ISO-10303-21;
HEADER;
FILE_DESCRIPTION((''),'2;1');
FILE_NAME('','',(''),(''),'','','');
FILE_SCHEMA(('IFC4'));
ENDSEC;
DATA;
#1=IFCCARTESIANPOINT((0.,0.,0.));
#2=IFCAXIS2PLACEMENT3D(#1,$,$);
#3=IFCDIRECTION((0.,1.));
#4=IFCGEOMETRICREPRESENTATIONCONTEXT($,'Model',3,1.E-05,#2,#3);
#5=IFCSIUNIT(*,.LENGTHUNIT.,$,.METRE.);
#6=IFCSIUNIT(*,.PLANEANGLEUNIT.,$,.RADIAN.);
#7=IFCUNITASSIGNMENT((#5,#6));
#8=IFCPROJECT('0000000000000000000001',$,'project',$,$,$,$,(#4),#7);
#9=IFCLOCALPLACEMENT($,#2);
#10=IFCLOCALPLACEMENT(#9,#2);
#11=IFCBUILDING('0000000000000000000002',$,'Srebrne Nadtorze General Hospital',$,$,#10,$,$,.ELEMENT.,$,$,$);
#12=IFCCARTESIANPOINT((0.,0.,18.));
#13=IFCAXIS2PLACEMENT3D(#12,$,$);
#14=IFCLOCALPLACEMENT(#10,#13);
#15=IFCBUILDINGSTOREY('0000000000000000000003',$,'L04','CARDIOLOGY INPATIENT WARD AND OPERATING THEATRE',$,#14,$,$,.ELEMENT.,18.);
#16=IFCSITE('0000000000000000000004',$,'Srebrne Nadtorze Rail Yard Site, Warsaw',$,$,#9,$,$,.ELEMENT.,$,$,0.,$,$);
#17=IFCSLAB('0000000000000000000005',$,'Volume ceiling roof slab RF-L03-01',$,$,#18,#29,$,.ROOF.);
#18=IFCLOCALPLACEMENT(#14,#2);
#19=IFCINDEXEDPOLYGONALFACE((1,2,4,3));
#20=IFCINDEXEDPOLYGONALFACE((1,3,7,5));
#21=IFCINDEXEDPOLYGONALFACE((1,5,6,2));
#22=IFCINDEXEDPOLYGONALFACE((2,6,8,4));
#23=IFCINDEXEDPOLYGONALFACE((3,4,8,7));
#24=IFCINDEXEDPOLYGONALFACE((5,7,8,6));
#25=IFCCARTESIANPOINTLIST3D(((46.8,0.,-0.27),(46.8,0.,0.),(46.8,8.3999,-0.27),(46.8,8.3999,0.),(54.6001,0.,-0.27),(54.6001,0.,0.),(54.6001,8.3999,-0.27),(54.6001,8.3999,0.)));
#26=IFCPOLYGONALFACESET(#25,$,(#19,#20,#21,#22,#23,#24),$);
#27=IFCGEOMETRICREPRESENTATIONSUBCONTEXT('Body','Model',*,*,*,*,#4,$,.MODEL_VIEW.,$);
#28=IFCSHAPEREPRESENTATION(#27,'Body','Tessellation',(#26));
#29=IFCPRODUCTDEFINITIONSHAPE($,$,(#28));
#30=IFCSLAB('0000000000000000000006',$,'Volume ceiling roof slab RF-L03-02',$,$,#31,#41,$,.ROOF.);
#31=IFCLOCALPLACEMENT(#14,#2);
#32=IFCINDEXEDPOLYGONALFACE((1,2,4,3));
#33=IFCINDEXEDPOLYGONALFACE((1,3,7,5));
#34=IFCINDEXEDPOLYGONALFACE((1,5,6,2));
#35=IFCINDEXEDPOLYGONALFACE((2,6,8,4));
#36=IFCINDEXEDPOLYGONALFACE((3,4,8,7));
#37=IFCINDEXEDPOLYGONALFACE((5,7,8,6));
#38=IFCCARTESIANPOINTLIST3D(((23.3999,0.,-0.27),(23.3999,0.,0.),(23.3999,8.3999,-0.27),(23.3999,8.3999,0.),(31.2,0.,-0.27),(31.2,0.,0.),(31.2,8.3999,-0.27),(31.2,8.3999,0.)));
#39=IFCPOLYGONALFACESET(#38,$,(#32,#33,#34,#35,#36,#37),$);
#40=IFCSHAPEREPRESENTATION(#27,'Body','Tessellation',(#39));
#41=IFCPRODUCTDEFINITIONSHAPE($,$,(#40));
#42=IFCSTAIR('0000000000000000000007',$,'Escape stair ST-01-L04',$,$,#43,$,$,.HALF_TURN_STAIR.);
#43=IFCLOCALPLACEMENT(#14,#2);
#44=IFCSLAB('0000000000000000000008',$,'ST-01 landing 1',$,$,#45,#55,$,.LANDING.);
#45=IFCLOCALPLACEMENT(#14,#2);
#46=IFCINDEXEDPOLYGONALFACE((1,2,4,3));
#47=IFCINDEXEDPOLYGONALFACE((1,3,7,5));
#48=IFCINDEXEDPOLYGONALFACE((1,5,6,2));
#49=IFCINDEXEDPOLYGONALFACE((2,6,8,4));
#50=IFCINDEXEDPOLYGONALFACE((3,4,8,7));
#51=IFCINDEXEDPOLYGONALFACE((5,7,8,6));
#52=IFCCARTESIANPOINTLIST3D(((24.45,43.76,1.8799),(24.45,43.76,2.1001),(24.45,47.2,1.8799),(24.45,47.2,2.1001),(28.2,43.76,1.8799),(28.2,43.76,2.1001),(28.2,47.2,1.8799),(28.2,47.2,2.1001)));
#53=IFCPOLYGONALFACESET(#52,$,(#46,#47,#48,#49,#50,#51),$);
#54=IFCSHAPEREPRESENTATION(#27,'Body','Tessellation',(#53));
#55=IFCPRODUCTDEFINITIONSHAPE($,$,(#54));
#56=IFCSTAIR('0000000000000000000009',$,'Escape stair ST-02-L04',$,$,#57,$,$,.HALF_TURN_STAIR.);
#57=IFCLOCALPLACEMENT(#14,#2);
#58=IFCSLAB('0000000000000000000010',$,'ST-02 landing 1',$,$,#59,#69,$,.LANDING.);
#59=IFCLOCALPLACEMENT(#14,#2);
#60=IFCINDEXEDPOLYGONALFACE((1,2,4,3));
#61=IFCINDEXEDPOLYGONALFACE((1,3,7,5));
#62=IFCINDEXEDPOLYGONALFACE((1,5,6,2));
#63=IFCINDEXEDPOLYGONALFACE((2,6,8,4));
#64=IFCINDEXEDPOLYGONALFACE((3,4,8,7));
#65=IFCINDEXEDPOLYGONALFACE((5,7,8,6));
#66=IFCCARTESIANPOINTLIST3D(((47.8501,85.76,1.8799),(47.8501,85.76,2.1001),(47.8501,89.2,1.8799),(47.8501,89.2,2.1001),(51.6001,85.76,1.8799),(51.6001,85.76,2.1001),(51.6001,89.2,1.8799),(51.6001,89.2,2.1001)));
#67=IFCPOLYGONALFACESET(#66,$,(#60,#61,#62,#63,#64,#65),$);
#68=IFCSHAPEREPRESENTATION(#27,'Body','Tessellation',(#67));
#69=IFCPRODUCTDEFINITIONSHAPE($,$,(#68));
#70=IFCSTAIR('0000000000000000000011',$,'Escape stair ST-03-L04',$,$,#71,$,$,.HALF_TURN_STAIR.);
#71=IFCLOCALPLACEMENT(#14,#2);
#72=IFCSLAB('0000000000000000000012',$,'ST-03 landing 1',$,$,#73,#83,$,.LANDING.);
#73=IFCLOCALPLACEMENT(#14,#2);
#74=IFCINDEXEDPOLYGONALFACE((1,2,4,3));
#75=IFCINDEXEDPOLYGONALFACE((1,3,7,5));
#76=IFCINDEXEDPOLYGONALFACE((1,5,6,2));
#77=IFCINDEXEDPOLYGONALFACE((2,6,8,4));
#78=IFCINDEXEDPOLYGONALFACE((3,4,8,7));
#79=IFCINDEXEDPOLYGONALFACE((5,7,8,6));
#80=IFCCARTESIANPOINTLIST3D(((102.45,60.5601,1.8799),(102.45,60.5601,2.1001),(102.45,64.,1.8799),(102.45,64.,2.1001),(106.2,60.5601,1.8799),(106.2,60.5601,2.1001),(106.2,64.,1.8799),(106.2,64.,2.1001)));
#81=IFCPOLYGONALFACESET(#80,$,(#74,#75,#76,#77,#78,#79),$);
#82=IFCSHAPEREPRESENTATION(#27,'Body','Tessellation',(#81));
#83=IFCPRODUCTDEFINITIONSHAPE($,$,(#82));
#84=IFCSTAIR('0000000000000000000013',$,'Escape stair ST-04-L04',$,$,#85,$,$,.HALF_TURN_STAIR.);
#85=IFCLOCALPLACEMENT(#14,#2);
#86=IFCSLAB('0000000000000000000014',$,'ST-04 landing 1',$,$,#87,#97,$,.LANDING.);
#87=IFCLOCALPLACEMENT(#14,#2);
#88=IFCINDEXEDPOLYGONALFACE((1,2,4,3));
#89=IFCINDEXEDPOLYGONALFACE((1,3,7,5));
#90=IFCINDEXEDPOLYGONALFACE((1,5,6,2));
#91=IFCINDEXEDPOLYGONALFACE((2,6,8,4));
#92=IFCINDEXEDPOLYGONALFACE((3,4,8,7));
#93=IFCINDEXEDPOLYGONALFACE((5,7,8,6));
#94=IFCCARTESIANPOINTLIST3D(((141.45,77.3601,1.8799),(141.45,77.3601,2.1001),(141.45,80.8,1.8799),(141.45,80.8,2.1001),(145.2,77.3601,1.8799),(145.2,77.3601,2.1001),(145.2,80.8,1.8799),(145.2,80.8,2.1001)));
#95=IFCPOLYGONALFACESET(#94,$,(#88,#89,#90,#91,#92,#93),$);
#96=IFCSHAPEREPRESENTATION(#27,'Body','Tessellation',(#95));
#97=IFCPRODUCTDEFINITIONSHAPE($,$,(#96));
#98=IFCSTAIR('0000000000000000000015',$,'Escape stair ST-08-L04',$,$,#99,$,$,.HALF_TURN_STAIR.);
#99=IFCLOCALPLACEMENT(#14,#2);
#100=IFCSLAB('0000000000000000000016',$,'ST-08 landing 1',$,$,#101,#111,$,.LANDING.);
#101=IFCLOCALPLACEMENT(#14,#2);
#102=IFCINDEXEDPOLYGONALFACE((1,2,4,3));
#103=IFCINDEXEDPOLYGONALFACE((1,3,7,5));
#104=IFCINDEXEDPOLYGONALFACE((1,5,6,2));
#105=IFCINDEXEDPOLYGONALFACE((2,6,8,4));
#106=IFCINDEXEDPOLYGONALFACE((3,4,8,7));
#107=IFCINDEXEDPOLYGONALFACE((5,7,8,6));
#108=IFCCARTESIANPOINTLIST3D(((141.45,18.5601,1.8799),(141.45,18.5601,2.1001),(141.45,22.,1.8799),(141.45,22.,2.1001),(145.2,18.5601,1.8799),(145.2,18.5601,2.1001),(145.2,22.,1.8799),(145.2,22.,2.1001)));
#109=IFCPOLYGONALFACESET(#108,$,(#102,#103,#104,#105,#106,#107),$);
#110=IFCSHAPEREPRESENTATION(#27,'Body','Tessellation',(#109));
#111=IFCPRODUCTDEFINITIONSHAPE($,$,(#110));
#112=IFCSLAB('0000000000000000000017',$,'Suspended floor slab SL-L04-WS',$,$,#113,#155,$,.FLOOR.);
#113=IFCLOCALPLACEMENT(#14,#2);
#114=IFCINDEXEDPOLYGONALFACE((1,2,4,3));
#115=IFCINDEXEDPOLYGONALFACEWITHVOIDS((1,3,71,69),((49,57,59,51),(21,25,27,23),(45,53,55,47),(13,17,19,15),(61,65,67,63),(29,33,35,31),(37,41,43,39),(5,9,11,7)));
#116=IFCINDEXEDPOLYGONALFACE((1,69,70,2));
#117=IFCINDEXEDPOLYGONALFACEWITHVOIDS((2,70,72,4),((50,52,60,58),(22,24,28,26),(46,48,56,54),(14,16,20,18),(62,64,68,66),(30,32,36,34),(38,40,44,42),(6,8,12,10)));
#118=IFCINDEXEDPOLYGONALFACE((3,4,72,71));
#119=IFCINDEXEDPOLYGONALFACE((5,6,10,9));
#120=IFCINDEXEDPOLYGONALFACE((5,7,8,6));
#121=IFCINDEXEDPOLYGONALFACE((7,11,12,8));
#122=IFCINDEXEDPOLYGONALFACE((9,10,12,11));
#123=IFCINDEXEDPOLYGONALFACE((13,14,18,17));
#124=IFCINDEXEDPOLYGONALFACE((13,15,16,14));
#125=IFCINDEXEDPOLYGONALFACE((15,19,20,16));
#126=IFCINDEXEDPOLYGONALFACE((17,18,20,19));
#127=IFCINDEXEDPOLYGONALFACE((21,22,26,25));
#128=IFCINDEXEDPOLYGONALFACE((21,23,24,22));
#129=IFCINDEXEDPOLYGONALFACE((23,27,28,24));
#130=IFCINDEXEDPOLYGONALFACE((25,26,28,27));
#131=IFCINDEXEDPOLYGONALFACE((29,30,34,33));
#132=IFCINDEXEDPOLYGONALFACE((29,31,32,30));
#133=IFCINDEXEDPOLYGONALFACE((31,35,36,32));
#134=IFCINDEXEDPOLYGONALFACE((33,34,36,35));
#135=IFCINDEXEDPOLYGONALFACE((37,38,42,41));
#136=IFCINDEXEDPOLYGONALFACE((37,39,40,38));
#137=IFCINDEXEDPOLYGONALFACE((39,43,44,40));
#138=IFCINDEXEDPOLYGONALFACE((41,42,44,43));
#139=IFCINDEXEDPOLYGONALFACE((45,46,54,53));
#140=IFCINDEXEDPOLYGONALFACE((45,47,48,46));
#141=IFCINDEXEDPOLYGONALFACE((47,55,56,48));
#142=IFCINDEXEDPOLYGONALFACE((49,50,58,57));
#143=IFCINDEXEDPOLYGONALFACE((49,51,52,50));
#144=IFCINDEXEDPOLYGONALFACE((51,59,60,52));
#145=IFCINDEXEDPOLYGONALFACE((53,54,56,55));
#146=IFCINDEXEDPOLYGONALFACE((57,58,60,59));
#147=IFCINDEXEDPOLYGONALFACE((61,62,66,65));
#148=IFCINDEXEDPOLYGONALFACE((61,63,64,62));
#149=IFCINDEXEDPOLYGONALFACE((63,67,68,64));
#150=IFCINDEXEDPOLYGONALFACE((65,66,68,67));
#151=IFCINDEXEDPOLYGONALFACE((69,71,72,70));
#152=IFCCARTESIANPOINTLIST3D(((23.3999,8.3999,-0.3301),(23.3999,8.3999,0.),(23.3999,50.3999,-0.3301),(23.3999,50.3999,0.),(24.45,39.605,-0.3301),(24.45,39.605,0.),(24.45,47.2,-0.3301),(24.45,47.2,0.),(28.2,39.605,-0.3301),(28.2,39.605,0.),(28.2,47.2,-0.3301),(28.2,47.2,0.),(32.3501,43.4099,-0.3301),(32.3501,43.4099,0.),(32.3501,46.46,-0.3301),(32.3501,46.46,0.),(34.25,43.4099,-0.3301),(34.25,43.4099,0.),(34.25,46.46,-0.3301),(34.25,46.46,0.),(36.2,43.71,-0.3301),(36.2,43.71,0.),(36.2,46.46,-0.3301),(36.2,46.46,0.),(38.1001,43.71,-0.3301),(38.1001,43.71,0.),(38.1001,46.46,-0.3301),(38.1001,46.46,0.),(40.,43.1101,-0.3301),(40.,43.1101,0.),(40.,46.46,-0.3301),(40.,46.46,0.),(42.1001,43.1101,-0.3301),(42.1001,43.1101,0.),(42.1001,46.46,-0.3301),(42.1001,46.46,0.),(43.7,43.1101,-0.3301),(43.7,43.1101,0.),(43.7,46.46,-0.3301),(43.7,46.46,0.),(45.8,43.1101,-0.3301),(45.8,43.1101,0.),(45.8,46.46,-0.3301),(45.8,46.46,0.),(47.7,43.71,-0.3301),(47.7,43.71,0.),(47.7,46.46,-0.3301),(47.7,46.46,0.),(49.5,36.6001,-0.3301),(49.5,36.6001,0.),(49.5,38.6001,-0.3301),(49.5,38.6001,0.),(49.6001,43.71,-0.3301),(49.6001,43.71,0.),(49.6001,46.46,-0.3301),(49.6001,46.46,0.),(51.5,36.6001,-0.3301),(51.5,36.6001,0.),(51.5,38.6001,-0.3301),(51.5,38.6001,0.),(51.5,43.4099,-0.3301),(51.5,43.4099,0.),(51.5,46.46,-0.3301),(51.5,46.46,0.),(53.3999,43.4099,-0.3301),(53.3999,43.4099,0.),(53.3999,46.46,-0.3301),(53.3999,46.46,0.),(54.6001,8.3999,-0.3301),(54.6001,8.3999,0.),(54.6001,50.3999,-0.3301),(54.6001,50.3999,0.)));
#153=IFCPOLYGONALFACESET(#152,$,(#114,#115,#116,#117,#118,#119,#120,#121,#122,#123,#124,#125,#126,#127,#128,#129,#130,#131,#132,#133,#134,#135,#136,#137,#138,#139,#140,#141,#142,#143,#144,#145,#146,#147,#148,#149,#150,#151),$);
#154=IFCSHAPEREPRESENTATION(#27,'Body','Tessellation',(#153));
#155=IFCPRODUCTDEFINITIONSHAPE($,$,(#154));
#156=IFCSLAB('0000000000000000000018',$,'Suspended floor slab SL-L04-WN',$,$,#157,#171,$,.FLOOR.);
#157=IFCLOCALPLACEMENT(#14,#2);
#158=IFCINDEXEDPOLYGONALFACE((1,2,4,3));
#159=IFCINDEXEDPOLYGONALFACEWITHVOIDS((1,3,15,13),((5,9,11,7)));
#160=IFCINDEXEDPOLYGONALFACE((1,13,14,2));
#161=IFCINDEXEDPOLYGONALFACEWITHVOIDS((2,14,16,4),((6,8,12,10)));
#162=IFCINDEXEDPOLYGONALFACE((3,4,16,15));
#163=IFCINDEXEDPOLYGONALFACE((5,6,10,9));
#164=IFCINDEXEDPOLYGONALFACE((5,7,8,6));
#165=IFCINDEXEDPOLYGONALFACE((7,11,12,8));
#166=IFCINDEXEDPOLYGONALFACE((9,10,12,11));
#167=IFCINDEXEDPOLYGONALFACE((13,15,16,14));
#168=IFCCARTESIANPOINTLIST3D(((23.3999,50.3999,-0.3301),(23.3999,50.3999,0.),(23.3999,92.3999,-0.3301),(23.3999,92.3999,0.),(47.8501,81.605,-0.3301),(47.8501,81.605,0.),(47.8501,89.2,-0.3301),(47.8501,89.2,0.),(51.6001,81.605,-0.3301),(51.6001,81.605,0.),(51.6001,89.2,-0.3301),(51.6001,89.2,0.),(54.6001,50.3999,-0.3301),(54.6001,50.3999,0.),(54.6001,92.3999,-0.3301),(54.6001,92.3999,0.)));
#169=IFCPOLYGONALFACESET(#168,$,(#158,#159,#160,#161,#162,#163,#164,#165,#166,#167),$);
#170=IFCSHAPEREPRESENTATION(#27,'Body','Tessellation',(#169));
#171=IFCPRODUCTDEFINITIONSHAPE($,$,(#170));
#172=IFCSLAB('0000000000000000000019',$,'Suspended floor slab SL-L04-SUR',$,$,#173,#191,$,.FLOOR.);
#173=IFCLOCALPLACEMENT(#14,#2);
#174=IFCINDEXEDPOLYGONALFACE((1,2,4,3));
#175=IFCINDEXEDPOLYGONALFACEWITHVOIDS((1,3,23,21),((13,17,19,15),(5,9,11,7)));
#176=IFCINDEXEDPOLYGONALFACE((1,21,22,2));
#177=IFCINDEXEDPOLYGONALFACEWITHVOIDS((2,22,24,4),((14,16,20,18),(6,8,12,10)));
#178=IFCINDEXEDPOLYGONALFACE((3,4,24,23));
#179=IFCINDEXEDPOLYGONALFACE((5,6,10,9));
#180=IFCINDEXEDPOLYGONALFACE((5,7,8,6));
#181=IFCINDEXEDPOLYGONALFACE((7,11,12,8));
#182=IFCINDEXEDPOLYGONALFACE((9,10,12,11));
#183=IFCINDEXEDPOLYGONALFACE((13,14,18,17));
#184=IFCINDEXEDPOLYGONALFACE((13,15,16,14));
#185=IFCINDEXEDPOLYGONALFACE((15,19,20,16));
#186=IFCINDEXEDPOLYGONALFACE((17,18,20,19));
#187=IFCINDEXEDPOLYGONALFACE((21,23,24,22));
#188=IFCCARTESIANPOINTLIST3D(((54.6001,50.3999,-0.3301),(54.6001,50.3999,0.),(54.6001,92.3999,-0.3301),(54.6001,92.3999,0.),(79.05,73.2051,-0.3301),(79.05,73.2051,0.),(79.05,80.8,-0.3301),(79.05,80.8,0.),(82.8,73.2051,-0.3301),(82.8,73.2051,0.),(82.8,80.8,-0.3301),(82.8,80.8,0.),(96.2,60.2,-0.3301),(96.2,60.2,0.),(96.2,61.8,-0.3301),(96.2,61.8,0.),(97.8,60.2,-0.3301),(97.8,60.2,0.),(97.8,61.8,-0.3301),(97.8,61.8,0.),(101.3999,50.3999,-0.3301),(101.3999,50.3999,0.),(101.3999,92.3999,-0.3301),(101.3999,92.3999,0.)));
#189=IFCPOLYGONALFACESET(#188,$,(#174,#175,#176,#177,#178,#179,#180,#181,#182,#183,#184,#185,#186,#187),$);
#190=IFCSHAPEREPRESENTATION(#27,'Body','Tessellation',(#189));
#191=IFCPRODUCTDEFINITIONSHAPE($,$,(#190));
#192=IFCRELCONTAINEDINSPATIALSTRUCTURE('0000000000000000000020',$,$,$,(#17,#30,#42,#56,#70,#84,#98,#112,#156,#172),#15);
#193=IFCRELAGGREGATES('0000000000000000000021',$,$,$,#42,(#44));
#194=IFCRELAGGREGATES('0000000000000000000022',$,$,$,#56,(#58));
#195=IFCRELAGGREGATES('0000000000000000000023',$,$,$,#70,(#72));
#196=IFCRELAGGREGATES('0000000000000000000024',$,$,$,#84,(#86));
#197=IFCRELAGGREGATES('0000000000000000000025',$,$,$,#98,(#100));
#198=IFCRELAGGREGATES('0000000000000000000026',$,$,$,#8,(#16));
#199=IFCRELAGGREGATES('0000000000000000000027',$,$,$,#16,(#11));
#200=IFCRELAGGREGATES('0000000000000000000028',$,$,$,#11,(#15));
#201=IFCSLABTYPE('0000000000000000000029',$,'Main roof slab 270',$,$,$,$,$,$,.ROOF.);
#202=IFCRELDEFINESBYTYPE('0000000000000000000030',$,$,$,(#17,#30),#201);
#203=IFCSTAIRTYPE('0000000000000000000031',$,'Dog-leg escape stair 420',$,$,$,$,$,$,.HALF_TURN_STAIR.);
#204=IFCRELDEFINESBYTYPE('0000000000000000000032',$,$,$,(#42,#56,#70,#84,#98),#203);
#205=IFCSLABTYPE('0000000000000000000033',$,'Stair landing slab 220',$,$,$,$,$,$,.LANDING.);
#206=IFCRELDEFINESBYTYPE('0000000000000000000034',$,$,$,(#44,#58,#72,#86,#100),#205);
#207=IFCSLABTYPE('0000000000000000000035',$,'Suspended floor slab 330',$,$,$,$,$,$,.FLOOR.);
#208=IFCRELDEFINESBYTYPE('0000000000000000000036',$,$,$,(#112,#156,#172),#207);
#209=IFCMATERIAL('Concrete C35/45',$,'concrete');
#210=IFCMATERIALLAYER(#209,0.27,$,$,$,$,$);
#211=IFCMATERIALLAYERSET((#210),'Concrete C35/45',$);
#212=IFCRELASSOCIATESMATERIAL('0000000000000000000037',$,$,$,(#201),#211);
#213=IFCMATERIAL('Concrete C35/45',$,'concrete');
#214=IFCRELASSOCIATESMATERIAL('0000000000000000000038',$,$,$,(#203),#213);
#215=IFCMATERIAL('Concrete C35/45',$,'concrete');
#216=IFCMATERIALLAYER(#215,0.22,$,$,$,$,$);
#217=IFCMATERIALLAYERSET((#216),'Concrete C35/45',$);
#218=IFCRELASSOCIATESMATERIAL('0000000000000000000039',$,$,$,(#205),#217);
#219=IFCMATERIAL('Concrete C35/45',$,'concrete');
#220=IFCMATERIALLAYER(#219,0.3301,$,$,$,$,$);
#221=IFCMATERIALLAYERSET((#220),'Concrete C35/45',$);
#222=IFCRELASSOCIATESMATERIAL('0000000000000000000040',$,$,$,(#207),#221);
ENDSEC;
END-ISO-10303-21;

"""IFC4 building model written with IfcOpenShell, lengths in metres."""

from ifc_helpers import new_model, si_unit, direction, frame, origin, place, context, subcontext, project, spatial, polyline, outline, extrude, material, layer, layer_set, type_object, element, aggregate, save


model = new_model("IFC4")

# Units and contexts
model_context = context("Model", 3, precision=1e-05, world=origin(), true_north=direction((0.0, 1.0)))
body_context = subcontext(model_context, "Body", "Model", "MODEL_VIEW")
ifc_project = project(units=[si_unit("LENGTHUNIT", "METRE"), si_unit("PLANEANGLEUNIT", "RADIAN")], contexts=[model_context])

# Site, building, storey
site_placement = place(None, origin())
site = spatial("IfcSite", under=ifc_project, at=site_placement, Name="Srebrne Nadtorze Rail Yard Site, Warsaw", CompositionType="ELEMENT", RefElevation=0.0)
building_placement = place(site_placement, origin())
building = spatial("IfcBuilding", under=site, at=building_placement, Name="Srebrne Nadtorze General Hospital", CompositionType="ELEMENT")
storey_placement = place(building_placement, frame((0.0, 0.0, 18.0)))
storey = spatial("IfcBuildingStorey", under=building, at=storey_placement, Name="L04", Description="CARDIOLOGY INPATIENT WARD AND OPERATING THEATRE", CompositionType="ELEMENT", Elevation=18.0)

# Slabs
ifc_material_1 = material(Name="Concrete C35/45", Category="concrete")
ifc_layer_1 = layer(ifc_material_1, 0.27)
ifc_layer_set_1 = layer_set([ifc_layer_1], Name="Concrete C35/45")
slab_type_1 = type_object("IfcSlabType", Name="Main roof slab 270", PredefinedType="ROOF", material=ifc_layer_set_1)
slab_1_placement = place(storey_placement, frame((0.0, 0.0, -0.27)))
element("IfcSlab", 1, at=slab_1_placement, inside=storey, type_object=slab_type_1, Name="Volume ceiling roof slab RF-L03-01", PredefinedType="ROOF", context=body_context, shape_type="SweptSolid", body=[
    extrude(outline(polyline([(54.6001, 0.0), (54.6001, 8.3999), (46.8, 8.3999), (46.8, 0.0), (54.6001, 0.0)])), origin(), (0.0, 0.0, 1.0), 0.27),
])
slab_2_placement = place(storey_placement, frame((0.0, 0.0, -0.27)))
element("IfcSlab", 2, at=slab_2_placement, inside=storey, type_object=slab_type_1, Name="Volume ceiling roof slab RF-L03-02", PredefinedType="ROOF", context=body_context, shape_type="SweptSolid", body=[
    extrude(outline(polyline([(31.2, 0.0), (31.2, 8.3999), (23.3999, 8.3999), (23.3999, 0.0), (31.2, 0.0)])), origin(), (0.0, 0.0, 1.0), 0.27),
])

# Stairs, slabs
ifc_material_2 = material(Name="Concrete C35/45", Category="concrete")
stair_type = type_object("IfcStairType", Name="Dog-leg escape stair 420", PredefinedType="HALF_TURN_STAIR", material=ifc_material_2)
stair_1_placement = place(storey_placement, origin())
stair_1 = element("IfcStair", 3, at=stair_1_placement, inside=storey, type_object=stair_type, Name="Escape stair ST-01-L04", PredefinedType="HALF_TURN_STAIR")
ifc_material_3 = material(Name="Concrete C35/45", Category="concrete")
ifc_layer_2 = layer(ifc_material_3, 0.22)
ifc_layer_set_2 = layer_set([ifc_layer_2], Name="Concrete C35/45")
slab_type_2 = type_object("IfcSlabType", Name="Stair landing slab 220", PredefinedType="LANDING", material=ifc_layer_set_2)
slab_3_placement = place(storey_placement, frame((0.0, 0.0, 1.8799)))
slab_3 = element("IfcSlab", 4, at=slab_3_placement, type_object=slab_type_2, Name="ST-01 landing 1", PredefinedType="LANDING", context=body_context, shape_type="SweptSolid", body=[
    extrude(outline(polyline([(24.45, 43.76), (28.2, 43.76), (28.2, 47.2), (24.45, 47.2), (24.45, 43.76)])), origin(), (0.0, 0.0, 1.0), 0.2202),
])
aggregate(stair_1, [slab_3])
stair_2_placement = place(storey_placement, origin())
stair_2 = element("IfcStair", 5, at=stair_2_placement, inside=storey, type_object=stair_type, Name="Escape stair ST-02-L04", PredefinedType="HALF_TURN_STAIR")
slab_4_placement = place(storey_placement, frame((0.0, 0.0, 1.8799)))
slab_4 = element("IfcSlab", 6, at=slab_4_placement, type_object=slab_type_2, Name="ST-02 landing 1", PredefinedType="LANDING", context=body_context, shape_type="SweptSolid", body=[
    extrude(outline(polyline([(47.8501, 85.76), (51.6001, 85.76), (51.6001, 89.2), (47.8501, 89.2), (47.8501, 85.76)])), origin(), (0.0, 0.0, 1.0), 0.2202),
])
aggregate(stair_2, [slab_4])
stair_3_placement = place(storey_placement, origin())
stair_3 = element("IfcStair", 7, at=stair_3_placement, inside=storey, type_object=stair_type, Name="Escape stair ST-03-L04", PredefinedType="HALF_TURN_STAIR")
slab_5_placement = place(storey_placement, frame((0.0, 0.0, 1.8799)))
slab_5 = element("IfcSlab", 8, at=slab_5_placement, type_object=slab_type_2, Name="ST-03 landing 1", PredefinedType="LANDING", context=body_context, shape_type="SweptSolid", body=[
    extrude(outline(polyline([(102.45, 60.5601), (106.2, 60.5601), (106.2, 64.0), (102.45, 64.0), (102.45, 60.5601)])), origin(), (0.0, 0.0, 1.0), 0.2202),
])
aggregate(stair_3, [slab_5])
stair_4_placement = place(storey_placement, origin())
stair_4 = element("IfcStair", 9, at=stair_4_placement, inside=storey, type_object=stair_type, Name="Escape stair ST-04-L04", PredefinedType="HALF_TURN_STAIR")
slab_6_placement = place(storey_placement, frame((0.0, 0.0, 1.8799)))
slab_6 = element("IfcSlab", 10, at=slab_6_placement, type_object=slab_type_2, Name="ST-04 landing 1", PredefinedType="LANDING", context=body_context, shape_type="SweptSolid", body=[
    extrude(outline(polyline([(141.45, 77.3601), (145.2, 77.3601), (145.2, 80.8), (141.45, 80.8), (141.45, 77.3601)])), origin(), (0.0, 0.0, 1.0), 0.2202),
])
aggregate(stair_4, [slab_6])
stair_5_placement = place(storey_placement, origin())
stair_5 = element("IfcStair", 11, at=stair_5_placement, inside=storey, type_object=stair_type, Name="Escape stair ST-08-L04", PredefinedType="HALF_TURN_STAIR")
slab_7_placement = place(storey_placement, frame((0.0, 0.0, 1.8799)))
slab_7 = element("IfcSlab", 12, at=slab_7_placement, type_object=slab_type_2, Name="ST-08 landing 1", PredefinedType="LANDING", context=body_context, shape_type="SweptSolid", body=[
    extrude(outline(polyline([(141.45, 18.5601), (145.2, 18.5601), (145.2, 22.0), (141.45, 22.0), (141.45, 18.5601)])), origin(), (0.0, 0.0, 1.0), 0.2202),
])
aggregate(stair_5, [slab_7])

# Slabs
ifc_material_4 = material(Name="Concrete C35/45", Category="concrete")
ifc_layer_3 = layer(ifc_material_4, 0.3301)
ifc_layer_set_3 = layer_set([ifc_layer_3], Name="Concrete C35/45")
slab_type_3 = type_object("IfcSlabType", Name="Suspended floor slab 330", PredefinedType="FLOOR", material=ifc_layer_set_3)
slab_8_placement = place(storey_placement, frame((0.0, 0.0, -0.3301)))
element("IfcSlab", 13, at=slab_8_placement, inside=storey, type_object=slab_type_3, Name="Suspended floor slab SL-L04-WS", PredefinedType="FLOOR", context=body_context, shape_type="SweptSolid", body=[
    extrude(outline(polyline([(54.6001, 8.3999), (54.6001, 50.3999), (23.3999, 50.3999), (23.3999, 8.3999), (54.6001, 8.3999)]), holes=[polyline([(51.5, 36.6001), (49.5, 36.6001), (49.5, 38.6001), (51.5, 38.6001), (51.5, 36.6001)]), polyline([(28.2, 39.605), (24.45, 39.605), (24.45, 47.2), (28.2, 47.2), (28.2, 39.605)]), polyline([(42.1001, 43.1101), (40.0, 43.1101), (40.0, 46.46), (42.1001, 46.46), (42.1001, 43.1101)]), polyline([(43.7, 43.1101), (43.7, 46.46), (45.8, 46.46), (45.8, 43.1101), (43.7, 43.1101)]), polyline([(32.3501, 43.4099), (32.3501, 46.46), (34.25, 46.46), (34.25, 43.4099), (32.3501, 43.4099)]), polyline([(53.3999, 43.4099), (51.5, 43.4099), (51.5, 46.46), (53.3999, 46.46), (53.3999, 43.4099)]), polyline([(38.1001, 43.71), (36.2, 43.71), (36.2, 46.46), (38.1001, 46.46), (38.1001, 43.71)]), polyline([(49.6001, 43.71), (47.7, 43.71), (47.7, 46.46), (49.6001, 46.46), (49.6001, 43.71)])]), origin(), (0.0, 0.0, 1.0), 0.3301),
])
slab_9_placement = place(storey_placement, frame((0.0, 0.0, -0.3301)))
element("IfcSlab", 14, at=slab_9_placement, inside=storey, type_object=slab_type_3, Name="Suspended floor slab SL-L04-WN", PredefinedType="FLOOR", context=body_context, shape_type="SweptSolid", body=[
    extrude(outline(polyline([(54.6001, 50.3999), (54.6001, 92.3999), (23.3999, 92.3999), (23.3999, 50.3999), (54.6001, 50.3999)]), holes=[polyline([(51.6001, 81.605), (47.8501, 81.605), (47.8501, 89.2), (51.6001, 89.2), (51.6001, 81.605)])]), origin(), (0.0, 0.0, 1.0), 0.3301),
])
slab_10_placement = place(storey_placement, frame((0.0, 0.0, -0.3301)))
element("IfcSlab", 15, at=slab_10_placement, inside=storey, type_object=slab_type_3, Name="Suspended floor slab SL-L04-SUR", PredefinedType="FLOOR", context=body_context, shape_type="SweptSolid", body=[
    extrude(outline(polyline([(101.3999, 50.3999), (101.3999, 92.3999), (54.6001, 92.3999), (54.6001, 50.3999), (101.3999, 50.3999)]), holes=[polyline([(96.2, 60.2), (96.2, 61.8), (97.8, 61.8), (97.8, 60.2), (96.2, 60.2)]), polyline([(79.05, 73.2051), (79.05, 80.8), (82.8, 80.8), (82.8, 73.2051), (79.05, 73.2051)])]), origin(), (0.0, 0.0, 1.0), 0.3301),
])

save(model, "model.ifc")
